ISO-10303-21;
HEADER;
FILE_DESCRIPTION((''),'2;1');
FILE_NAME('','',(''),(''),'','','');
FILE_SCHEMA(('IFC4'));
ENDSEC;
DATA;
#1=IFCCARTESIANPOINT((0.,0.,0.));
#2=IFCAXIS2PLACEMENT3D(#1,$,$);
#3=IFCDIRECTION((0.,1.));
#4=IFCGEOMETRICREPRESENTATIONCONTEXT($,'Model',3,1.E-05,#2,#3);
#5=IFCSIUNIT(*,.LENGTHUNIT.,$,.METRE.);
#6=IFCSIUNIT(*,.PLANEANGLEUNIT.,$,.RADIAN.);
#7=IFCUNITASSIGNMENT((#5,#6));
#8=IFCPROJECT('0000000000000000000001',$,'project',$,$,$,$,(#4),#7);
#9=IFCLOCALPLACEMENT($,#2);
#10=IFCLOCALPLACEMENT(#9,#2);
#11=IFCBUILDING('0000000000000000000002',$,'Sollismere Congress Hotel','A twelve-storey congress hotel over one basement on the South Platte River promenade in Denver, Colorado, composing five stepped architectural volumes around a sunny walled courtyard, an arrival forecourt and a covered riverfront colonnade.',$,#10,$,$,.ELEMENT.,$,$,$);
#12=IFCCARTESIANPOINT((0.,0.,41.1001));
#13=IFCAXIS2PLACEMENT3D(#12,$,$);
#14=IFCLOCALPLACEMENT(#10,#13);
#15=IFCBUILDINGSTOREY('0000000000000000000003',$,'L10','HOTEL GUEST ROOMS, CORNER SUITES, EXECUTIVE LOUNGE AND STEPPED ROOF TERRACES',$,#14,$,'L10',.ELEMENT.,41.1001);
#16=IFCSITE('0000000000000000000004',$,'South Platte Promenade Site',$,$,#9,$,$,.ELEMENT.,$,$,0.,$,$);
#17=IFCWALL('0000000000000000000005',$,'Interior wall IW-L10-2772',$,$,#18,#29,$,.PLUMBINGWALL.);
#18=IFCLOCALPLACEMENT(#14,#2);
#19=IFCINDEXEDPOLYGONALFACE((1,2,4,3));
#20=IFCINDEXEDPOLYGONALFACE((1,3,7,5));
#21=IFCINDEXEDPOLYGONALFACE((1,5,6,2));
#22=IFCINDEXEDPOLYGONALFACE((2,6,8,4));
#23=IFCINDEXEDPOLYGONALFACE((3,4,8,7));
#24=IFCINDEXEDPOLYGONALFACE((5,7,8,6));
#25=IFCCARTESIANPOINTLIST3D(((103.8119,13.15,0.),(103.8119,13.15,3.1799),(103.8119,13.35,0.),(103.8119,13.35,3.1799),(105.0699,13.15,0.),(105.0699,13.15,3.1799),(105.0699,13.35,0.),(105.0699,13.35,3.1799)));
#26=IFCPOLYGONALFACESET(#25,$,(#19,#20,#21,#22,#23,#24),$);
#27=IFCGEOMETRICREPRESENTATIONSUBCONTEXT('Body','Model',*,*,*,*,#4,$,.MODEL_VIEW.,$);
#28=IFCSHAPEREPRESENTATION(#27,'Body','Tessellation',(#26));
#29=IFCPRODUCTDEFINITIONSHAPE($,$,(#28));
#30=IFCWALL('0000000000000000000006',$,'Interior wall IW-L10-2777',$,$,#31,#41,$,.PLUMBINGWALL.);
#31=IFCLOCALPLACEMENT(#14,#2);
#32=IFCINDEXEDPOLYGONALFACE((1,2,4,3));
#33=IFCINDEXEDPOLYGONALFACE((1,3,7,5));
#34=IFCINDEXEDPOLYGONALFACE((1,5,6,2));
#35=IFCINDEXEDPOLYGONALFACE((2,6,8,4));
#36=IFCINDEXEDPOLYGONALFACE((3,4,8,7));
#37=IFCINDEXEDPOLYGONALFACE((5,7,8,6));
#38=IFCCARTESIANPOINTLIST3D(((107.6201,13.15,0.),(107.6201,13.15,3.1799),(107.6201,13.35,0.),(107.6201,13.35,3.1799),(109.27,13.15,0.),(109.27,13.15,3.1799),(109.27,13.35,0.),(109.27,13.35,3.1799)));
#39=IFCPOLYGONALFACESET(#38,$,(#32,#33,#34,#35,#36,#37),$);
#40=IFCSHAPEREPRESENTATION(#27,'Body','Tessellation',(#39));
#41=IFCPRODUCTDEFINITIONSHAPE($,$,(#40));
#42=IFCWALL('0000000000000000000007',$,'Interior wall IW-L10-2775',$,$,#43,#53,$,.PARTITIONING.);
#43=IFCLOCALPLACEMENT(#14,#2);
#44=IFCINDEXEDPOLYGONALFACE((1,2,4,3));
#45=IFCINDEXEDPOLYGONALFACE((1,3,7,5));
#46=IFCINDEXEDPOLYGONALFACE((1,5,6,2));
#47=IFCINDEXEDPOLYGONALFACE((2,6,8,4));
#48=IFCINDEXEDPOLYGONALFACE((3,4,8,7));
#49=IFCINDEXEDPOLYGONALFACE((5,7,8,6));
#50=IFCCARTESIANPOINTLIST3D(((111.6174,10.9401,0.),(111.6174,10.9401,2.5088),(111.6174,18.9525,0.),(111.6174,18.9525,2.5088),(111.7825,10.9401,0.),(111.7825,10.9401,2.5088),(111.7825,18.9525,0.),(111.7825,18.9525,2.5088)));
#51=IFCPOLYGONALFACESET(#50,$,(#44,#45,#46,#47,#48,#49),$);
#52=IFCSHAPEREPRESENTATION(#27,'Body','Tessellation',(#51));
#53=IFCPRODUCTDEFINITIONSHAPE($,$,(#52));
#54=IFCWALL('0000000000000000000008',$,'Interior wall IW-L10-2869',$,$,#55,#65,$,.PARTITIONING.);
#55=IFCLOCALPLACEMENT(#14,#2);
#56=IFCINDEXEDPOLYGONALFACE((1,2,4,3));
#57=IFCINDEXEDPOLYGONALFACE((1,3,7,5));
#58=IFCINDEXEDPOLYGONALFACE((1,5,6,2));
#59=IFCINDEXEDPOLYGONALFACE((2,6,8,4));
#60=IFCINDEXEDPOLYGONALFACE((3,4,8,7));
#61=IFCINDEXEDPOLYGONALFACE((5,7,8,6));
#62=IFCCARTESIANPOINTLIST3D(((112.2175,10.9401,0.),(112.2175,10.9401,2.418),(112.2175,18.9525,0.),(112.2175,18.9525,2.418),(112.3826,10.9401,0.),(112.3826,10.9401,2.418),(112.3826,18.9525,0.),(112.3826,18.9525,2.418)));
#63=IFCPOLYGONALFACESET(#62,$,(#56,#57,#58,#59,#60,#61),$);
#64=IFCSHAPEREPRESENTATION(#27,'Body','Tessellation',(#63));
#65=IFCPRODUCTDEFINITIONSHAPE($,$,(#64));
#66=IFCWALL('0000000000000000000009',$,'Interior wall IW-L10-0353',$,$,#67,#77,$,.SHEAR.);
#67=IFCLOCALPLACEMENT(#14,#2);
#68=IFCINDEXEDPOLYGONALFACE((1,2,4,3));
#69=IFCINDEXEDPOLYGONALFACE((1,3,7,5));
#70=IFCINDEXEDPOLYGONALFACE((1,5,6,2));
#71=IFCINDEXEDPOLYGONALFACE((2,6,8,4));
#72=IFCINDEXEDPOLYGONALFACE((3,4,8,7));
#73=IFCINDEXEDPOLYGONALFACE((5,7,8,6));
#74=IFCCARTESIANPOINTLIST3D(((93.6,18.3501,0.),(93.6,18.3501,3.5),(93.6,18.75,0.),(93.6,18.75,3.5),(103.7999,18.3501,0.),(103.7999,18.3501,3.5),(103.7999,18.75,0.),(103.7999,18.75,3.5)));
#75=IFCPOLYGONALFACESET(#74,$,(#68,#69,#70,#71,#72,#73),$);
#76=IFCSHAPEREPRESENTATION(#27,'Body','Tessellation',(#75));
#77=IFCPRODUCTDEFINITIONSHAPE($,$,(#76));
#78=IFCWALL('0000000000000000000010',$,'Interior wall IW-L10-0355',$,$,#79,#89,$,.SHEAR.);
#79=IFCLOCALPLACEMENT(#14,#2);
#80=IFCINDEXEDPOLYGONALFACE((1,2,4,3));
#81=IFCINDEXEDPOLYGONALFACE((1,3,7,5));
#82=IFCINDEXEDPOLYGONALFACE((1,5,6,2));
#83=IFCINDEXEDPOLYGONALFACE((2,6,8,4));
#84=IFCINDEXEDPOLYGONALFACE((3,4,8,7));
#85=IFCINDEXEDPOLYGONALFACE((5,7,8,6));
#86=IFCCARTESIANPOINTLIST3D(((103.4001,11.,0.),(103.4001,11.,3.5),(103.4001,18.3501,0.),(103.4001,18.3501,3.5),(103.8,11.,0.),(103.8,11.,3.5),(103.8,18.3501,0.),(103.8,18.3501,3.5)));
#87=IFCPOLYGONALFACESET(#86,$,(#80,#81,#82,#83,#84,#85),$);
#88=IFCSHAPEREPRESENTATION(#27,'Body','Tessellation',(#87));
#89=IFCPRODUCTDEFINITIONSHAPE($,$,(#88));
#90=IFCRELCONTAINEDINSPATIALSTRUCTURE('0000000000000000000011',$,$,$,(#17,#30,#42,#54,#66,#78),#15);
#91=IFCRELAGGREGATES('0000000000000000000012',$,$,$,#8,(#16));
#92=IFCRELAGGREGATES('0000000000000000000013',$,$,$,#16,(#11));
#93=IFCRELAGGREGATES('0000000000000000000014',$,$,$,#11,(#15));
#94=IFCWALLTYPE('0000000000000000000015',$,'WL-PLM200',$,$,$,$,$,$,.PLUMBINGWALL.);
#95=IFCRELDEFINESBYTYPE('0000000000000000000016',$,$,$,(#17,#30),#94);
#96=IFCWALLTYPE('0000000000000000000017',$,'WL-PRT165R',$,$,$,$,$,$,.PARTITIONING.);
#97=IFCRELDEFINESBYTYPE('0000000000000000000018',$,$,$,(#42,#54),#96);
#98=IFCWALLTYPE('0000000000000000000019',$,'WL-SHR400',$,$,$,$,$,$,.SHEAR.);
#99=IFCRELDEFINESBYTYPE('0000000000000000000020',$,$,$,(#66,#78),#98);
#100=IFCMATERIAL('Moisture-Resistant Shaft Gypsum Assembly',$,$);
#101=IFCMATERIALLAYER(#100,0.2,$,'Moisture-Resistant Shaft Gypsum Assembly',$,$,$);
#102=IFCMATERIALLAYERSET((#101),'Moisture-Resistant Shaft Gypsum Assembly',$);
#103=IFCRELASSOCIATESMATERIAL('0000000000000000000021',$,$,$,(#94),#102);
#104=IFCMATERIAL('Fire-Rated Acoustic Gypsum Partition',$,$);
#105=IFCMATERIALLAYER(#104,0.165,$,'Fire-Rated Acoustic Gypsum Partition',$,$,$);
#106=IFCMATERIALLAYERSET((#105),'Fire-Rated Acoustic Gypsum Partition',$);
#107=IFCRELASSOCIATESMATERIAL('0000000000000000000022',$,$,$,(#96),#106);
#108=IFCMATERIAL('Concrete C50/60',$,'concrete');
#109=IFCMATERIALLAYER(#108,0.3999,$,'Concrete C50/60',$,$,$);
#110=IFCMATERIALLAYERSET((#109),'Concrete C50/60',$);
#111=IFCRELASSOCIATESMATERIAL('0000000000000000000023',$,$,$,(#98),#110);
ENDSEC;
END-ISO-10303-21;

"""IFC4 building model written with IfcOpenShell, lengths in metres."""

from ifc_helpers import new_model, si_unit, direction, frame, frame_2d, origin, place, context, subcontext, project, spatial, rectangle, extrude, material, layer, layer_set, type_object, element, save


model = new_model("IFC4")

# Units and contexts
model_context = context("Model", 3, precision=1e-05, world=origin(), true_north=direction((0.0, 1.0)))
body_context = subcontext(model_context, "Body", "Model", "MODEL_VIEW")
ifc_project = project(units=[si_unit("LENGTHUNIT", "METRE"), si_unit("PLANEANGLEUNIT", "RADIAN")], contexts=[model_context])

# Site, building, storey
site_placement = place(None, origin())
site = spatial("IfcSite", under=ifc_project, at=site_placement, Name="South Platte Promenade Site", CompositionType="ELEMENT", RefElevation=0.0)
building_placement = place(site_placement, origin())
building = spatial("IfcBuilding", under=site, at=building_placement, Name="Sollismere Congress Hotel", Description="A twelve-storey congress hotel over one basement on the South Platte River promenade in Denver, Colorado, composing five stepped architectural volumes around a sunny walled courtyard, an arrival forecourt and a covered riverfront colonnade.", CompositionType="ELEMENT")
storey_placement = place(building_placement, frame((0.0, 0.0, 41.1001)))
storey = spatial("IfcBuildingStorey", under=building, at=storey_placement, Name="L10", Description="HOTEL GUEST ROOMS, CORNER SUITES, EXECUTIVE LOUNGE AND STEPPED ROOF TERRACES", LongName="L10", CompositionType="ELEMENT", Elevation=41.1001)

# Walls
ifc_material_1 = material(Name="Moisture-Resistant Shaft Gypsum Assembly")
ifc_layer_1 = layer(ifc_material_1, 0.2, Name="Moisture-Resistant Shaft Gypsum Assembly")
ifc_layer_set_1 = layer_set([ifc_layer_1], Name="Moisture-Resistant Shaft Gypsum Assembly")
wall_type_1 = type_object("IfcWallType", Name="WL-PLM200", PredefinedType="PLUMBINGWALL", material=ifc_layer_set_1)
wall_1_placement = place(storey_placement, frame((103.812, 13.25, 0.0), z_axis=(0.0, 0.0, 1.0), x_axis=(1.0, 0.0, 0.0)))
element("IfcWall", 1, at=wall_1_placement, inside=storey, type_object=wall_type_1, Name="Interior wall IW-L10-2772", PredefinedType="PLUMBINGWALL", context=body_context, shape_type="SweptSolid", body=[
    extrude(rectangle(XDim=1.2581, YDim=0.2, at=frame_2d((0.6289, 0.0))), origin(), (0.0, 0.0, 1.0), 3.1799),
])
wall_2_placement = place(storey_placement, frame((107.6201, 13.25, 0.0), z_axis=(0.0, 0.0, 1.0), x_axis=(1.0, 0.0, 0.0)))
element("IfcWall", 2, at=wall_2_placement, inside=storey, type_object=wall_type_1, Name="Interior wall IW-L10-2777", PredefinedType="PLUMBINGWALL", context=body_context, shape_type="SweptSolid", body=[
    extrude(rectangle(XDim=1.6499, YDim=0.2, at=frame_2d((0.825, 0.0))), origin(), (0.0, 0.0, 1.0), 3.1799),
])
ifc_material_2 = material(Name="Fire-Rated Acoustic Gypsum Partition")
ifc_layer_2 = layer(ifc_material_2, 0.165, Name="Fire-Rated Acoustic Gypsum Partition")
ifc_layer_set_2 = layer_set([ifc_layer_2], Name="Fire-Rated Acoustic Gypsum Partition")
wall_type_2 = type_object("IfcWallType", Name="WL-PRT165R", PredefinedType="PARTITIONING", material=ifc_layer_set_2)
wall_3_placement = place(storey_placement, frame((111.7, 10.9399, 0.0), z_axis=(0.0, 0.0, 1.0), x_axis=(0.0, 1.0, 0.0)))
element("IfcWall", 3, at=wall_3_placement, inside=storey, type_object=wall_type_2, Name="Interior wall IW-L10-2775", PredefinedType="PARTITIONING", context=body_context, shape_type="SweptSolid", body=[
    extrude(rectangle(XDim=8.0125, YDim=0.165, at=frame_2d((4.0063, 0.0))), origin(), (0.0, 0.0, 1.0), 2.5088),
])
wall_4_placement = place(storey_placement, frame((112.3, 10.9399, 0.0), z_axis=(0.0, 0.0, 1.0), x_axis=(0.0, 1.0, 0.0)))
element("IfcWall", 4, at=wall_4_placement, inside=storey, type_object=wall_type_2, Name="Interior wall IW-L10-2869", PredefinedType="PARTITIONING", context=body_context, shape_type="SweptSolid", body=[
    extrude(rectangle(XDim=8.0125, YDim=0.165, at=frame_2d((4.0063, 0.0))), origin(), (0.0, 0.0, 1.0), 2.418),
])
ifc_material_3 = material(Name="Concrete C50/60", Category="concrete")
ifc_layer_3 = layer(ifc_material_3, 0.3999, Name="Concrete C50/60")
ifc_layer_set_3 = layer_set([ifc_layer_3], Name="Concrete C50/60")
wall_type_3 = type_object("IfcWallType", Name="WL-SHR400", PredefinedType="SHEAR", material=ifc_layer_set_3)
wall_5_placement = place(storey_placement, frame((103.8, 18.55, 0.0), z_axis=(0.0, 0.0, 1.0), x_axis=(-1.0, 0.0, 0.0)))
element("IfcWall", 5, at=wall_5_placement, inside=storey, type_object=wall_type_3, Name="Interior wall IW-L10-0353", PredefinedType="SHEAR", context=body_context, shape_type="SweptSolid", body=[
    extrude(rectangle(XDim=10.2, YDim=0.3999, at=frame_2d((5.1001, 0.0))), origin(), (0.0, 0.0, 1.0), 3.5),
])
wall_6_placement = place(storey_placement, frame((103.6001, 11.0, 0.0), z_axis=(0.0, 0.0, 1.0), x_axis=(0.0, 1.0, 0.0)))
element("IfcWall", 6, at=wall_6_placement, inside=storey, type_object=wall_type_3, Name="Interior wall IW-L10-0355", PredefinedType="SHEAR", context=body_context, shape_type="SweptSolid", body=[
    extrude(rectangle(XDim=7.3501, YDim=0.3999, at=frame_2d((3.675, 0.0))), origin(), (0.0, 0.0, 1.0), 3.5),
])

save(model, "model.ifc")
